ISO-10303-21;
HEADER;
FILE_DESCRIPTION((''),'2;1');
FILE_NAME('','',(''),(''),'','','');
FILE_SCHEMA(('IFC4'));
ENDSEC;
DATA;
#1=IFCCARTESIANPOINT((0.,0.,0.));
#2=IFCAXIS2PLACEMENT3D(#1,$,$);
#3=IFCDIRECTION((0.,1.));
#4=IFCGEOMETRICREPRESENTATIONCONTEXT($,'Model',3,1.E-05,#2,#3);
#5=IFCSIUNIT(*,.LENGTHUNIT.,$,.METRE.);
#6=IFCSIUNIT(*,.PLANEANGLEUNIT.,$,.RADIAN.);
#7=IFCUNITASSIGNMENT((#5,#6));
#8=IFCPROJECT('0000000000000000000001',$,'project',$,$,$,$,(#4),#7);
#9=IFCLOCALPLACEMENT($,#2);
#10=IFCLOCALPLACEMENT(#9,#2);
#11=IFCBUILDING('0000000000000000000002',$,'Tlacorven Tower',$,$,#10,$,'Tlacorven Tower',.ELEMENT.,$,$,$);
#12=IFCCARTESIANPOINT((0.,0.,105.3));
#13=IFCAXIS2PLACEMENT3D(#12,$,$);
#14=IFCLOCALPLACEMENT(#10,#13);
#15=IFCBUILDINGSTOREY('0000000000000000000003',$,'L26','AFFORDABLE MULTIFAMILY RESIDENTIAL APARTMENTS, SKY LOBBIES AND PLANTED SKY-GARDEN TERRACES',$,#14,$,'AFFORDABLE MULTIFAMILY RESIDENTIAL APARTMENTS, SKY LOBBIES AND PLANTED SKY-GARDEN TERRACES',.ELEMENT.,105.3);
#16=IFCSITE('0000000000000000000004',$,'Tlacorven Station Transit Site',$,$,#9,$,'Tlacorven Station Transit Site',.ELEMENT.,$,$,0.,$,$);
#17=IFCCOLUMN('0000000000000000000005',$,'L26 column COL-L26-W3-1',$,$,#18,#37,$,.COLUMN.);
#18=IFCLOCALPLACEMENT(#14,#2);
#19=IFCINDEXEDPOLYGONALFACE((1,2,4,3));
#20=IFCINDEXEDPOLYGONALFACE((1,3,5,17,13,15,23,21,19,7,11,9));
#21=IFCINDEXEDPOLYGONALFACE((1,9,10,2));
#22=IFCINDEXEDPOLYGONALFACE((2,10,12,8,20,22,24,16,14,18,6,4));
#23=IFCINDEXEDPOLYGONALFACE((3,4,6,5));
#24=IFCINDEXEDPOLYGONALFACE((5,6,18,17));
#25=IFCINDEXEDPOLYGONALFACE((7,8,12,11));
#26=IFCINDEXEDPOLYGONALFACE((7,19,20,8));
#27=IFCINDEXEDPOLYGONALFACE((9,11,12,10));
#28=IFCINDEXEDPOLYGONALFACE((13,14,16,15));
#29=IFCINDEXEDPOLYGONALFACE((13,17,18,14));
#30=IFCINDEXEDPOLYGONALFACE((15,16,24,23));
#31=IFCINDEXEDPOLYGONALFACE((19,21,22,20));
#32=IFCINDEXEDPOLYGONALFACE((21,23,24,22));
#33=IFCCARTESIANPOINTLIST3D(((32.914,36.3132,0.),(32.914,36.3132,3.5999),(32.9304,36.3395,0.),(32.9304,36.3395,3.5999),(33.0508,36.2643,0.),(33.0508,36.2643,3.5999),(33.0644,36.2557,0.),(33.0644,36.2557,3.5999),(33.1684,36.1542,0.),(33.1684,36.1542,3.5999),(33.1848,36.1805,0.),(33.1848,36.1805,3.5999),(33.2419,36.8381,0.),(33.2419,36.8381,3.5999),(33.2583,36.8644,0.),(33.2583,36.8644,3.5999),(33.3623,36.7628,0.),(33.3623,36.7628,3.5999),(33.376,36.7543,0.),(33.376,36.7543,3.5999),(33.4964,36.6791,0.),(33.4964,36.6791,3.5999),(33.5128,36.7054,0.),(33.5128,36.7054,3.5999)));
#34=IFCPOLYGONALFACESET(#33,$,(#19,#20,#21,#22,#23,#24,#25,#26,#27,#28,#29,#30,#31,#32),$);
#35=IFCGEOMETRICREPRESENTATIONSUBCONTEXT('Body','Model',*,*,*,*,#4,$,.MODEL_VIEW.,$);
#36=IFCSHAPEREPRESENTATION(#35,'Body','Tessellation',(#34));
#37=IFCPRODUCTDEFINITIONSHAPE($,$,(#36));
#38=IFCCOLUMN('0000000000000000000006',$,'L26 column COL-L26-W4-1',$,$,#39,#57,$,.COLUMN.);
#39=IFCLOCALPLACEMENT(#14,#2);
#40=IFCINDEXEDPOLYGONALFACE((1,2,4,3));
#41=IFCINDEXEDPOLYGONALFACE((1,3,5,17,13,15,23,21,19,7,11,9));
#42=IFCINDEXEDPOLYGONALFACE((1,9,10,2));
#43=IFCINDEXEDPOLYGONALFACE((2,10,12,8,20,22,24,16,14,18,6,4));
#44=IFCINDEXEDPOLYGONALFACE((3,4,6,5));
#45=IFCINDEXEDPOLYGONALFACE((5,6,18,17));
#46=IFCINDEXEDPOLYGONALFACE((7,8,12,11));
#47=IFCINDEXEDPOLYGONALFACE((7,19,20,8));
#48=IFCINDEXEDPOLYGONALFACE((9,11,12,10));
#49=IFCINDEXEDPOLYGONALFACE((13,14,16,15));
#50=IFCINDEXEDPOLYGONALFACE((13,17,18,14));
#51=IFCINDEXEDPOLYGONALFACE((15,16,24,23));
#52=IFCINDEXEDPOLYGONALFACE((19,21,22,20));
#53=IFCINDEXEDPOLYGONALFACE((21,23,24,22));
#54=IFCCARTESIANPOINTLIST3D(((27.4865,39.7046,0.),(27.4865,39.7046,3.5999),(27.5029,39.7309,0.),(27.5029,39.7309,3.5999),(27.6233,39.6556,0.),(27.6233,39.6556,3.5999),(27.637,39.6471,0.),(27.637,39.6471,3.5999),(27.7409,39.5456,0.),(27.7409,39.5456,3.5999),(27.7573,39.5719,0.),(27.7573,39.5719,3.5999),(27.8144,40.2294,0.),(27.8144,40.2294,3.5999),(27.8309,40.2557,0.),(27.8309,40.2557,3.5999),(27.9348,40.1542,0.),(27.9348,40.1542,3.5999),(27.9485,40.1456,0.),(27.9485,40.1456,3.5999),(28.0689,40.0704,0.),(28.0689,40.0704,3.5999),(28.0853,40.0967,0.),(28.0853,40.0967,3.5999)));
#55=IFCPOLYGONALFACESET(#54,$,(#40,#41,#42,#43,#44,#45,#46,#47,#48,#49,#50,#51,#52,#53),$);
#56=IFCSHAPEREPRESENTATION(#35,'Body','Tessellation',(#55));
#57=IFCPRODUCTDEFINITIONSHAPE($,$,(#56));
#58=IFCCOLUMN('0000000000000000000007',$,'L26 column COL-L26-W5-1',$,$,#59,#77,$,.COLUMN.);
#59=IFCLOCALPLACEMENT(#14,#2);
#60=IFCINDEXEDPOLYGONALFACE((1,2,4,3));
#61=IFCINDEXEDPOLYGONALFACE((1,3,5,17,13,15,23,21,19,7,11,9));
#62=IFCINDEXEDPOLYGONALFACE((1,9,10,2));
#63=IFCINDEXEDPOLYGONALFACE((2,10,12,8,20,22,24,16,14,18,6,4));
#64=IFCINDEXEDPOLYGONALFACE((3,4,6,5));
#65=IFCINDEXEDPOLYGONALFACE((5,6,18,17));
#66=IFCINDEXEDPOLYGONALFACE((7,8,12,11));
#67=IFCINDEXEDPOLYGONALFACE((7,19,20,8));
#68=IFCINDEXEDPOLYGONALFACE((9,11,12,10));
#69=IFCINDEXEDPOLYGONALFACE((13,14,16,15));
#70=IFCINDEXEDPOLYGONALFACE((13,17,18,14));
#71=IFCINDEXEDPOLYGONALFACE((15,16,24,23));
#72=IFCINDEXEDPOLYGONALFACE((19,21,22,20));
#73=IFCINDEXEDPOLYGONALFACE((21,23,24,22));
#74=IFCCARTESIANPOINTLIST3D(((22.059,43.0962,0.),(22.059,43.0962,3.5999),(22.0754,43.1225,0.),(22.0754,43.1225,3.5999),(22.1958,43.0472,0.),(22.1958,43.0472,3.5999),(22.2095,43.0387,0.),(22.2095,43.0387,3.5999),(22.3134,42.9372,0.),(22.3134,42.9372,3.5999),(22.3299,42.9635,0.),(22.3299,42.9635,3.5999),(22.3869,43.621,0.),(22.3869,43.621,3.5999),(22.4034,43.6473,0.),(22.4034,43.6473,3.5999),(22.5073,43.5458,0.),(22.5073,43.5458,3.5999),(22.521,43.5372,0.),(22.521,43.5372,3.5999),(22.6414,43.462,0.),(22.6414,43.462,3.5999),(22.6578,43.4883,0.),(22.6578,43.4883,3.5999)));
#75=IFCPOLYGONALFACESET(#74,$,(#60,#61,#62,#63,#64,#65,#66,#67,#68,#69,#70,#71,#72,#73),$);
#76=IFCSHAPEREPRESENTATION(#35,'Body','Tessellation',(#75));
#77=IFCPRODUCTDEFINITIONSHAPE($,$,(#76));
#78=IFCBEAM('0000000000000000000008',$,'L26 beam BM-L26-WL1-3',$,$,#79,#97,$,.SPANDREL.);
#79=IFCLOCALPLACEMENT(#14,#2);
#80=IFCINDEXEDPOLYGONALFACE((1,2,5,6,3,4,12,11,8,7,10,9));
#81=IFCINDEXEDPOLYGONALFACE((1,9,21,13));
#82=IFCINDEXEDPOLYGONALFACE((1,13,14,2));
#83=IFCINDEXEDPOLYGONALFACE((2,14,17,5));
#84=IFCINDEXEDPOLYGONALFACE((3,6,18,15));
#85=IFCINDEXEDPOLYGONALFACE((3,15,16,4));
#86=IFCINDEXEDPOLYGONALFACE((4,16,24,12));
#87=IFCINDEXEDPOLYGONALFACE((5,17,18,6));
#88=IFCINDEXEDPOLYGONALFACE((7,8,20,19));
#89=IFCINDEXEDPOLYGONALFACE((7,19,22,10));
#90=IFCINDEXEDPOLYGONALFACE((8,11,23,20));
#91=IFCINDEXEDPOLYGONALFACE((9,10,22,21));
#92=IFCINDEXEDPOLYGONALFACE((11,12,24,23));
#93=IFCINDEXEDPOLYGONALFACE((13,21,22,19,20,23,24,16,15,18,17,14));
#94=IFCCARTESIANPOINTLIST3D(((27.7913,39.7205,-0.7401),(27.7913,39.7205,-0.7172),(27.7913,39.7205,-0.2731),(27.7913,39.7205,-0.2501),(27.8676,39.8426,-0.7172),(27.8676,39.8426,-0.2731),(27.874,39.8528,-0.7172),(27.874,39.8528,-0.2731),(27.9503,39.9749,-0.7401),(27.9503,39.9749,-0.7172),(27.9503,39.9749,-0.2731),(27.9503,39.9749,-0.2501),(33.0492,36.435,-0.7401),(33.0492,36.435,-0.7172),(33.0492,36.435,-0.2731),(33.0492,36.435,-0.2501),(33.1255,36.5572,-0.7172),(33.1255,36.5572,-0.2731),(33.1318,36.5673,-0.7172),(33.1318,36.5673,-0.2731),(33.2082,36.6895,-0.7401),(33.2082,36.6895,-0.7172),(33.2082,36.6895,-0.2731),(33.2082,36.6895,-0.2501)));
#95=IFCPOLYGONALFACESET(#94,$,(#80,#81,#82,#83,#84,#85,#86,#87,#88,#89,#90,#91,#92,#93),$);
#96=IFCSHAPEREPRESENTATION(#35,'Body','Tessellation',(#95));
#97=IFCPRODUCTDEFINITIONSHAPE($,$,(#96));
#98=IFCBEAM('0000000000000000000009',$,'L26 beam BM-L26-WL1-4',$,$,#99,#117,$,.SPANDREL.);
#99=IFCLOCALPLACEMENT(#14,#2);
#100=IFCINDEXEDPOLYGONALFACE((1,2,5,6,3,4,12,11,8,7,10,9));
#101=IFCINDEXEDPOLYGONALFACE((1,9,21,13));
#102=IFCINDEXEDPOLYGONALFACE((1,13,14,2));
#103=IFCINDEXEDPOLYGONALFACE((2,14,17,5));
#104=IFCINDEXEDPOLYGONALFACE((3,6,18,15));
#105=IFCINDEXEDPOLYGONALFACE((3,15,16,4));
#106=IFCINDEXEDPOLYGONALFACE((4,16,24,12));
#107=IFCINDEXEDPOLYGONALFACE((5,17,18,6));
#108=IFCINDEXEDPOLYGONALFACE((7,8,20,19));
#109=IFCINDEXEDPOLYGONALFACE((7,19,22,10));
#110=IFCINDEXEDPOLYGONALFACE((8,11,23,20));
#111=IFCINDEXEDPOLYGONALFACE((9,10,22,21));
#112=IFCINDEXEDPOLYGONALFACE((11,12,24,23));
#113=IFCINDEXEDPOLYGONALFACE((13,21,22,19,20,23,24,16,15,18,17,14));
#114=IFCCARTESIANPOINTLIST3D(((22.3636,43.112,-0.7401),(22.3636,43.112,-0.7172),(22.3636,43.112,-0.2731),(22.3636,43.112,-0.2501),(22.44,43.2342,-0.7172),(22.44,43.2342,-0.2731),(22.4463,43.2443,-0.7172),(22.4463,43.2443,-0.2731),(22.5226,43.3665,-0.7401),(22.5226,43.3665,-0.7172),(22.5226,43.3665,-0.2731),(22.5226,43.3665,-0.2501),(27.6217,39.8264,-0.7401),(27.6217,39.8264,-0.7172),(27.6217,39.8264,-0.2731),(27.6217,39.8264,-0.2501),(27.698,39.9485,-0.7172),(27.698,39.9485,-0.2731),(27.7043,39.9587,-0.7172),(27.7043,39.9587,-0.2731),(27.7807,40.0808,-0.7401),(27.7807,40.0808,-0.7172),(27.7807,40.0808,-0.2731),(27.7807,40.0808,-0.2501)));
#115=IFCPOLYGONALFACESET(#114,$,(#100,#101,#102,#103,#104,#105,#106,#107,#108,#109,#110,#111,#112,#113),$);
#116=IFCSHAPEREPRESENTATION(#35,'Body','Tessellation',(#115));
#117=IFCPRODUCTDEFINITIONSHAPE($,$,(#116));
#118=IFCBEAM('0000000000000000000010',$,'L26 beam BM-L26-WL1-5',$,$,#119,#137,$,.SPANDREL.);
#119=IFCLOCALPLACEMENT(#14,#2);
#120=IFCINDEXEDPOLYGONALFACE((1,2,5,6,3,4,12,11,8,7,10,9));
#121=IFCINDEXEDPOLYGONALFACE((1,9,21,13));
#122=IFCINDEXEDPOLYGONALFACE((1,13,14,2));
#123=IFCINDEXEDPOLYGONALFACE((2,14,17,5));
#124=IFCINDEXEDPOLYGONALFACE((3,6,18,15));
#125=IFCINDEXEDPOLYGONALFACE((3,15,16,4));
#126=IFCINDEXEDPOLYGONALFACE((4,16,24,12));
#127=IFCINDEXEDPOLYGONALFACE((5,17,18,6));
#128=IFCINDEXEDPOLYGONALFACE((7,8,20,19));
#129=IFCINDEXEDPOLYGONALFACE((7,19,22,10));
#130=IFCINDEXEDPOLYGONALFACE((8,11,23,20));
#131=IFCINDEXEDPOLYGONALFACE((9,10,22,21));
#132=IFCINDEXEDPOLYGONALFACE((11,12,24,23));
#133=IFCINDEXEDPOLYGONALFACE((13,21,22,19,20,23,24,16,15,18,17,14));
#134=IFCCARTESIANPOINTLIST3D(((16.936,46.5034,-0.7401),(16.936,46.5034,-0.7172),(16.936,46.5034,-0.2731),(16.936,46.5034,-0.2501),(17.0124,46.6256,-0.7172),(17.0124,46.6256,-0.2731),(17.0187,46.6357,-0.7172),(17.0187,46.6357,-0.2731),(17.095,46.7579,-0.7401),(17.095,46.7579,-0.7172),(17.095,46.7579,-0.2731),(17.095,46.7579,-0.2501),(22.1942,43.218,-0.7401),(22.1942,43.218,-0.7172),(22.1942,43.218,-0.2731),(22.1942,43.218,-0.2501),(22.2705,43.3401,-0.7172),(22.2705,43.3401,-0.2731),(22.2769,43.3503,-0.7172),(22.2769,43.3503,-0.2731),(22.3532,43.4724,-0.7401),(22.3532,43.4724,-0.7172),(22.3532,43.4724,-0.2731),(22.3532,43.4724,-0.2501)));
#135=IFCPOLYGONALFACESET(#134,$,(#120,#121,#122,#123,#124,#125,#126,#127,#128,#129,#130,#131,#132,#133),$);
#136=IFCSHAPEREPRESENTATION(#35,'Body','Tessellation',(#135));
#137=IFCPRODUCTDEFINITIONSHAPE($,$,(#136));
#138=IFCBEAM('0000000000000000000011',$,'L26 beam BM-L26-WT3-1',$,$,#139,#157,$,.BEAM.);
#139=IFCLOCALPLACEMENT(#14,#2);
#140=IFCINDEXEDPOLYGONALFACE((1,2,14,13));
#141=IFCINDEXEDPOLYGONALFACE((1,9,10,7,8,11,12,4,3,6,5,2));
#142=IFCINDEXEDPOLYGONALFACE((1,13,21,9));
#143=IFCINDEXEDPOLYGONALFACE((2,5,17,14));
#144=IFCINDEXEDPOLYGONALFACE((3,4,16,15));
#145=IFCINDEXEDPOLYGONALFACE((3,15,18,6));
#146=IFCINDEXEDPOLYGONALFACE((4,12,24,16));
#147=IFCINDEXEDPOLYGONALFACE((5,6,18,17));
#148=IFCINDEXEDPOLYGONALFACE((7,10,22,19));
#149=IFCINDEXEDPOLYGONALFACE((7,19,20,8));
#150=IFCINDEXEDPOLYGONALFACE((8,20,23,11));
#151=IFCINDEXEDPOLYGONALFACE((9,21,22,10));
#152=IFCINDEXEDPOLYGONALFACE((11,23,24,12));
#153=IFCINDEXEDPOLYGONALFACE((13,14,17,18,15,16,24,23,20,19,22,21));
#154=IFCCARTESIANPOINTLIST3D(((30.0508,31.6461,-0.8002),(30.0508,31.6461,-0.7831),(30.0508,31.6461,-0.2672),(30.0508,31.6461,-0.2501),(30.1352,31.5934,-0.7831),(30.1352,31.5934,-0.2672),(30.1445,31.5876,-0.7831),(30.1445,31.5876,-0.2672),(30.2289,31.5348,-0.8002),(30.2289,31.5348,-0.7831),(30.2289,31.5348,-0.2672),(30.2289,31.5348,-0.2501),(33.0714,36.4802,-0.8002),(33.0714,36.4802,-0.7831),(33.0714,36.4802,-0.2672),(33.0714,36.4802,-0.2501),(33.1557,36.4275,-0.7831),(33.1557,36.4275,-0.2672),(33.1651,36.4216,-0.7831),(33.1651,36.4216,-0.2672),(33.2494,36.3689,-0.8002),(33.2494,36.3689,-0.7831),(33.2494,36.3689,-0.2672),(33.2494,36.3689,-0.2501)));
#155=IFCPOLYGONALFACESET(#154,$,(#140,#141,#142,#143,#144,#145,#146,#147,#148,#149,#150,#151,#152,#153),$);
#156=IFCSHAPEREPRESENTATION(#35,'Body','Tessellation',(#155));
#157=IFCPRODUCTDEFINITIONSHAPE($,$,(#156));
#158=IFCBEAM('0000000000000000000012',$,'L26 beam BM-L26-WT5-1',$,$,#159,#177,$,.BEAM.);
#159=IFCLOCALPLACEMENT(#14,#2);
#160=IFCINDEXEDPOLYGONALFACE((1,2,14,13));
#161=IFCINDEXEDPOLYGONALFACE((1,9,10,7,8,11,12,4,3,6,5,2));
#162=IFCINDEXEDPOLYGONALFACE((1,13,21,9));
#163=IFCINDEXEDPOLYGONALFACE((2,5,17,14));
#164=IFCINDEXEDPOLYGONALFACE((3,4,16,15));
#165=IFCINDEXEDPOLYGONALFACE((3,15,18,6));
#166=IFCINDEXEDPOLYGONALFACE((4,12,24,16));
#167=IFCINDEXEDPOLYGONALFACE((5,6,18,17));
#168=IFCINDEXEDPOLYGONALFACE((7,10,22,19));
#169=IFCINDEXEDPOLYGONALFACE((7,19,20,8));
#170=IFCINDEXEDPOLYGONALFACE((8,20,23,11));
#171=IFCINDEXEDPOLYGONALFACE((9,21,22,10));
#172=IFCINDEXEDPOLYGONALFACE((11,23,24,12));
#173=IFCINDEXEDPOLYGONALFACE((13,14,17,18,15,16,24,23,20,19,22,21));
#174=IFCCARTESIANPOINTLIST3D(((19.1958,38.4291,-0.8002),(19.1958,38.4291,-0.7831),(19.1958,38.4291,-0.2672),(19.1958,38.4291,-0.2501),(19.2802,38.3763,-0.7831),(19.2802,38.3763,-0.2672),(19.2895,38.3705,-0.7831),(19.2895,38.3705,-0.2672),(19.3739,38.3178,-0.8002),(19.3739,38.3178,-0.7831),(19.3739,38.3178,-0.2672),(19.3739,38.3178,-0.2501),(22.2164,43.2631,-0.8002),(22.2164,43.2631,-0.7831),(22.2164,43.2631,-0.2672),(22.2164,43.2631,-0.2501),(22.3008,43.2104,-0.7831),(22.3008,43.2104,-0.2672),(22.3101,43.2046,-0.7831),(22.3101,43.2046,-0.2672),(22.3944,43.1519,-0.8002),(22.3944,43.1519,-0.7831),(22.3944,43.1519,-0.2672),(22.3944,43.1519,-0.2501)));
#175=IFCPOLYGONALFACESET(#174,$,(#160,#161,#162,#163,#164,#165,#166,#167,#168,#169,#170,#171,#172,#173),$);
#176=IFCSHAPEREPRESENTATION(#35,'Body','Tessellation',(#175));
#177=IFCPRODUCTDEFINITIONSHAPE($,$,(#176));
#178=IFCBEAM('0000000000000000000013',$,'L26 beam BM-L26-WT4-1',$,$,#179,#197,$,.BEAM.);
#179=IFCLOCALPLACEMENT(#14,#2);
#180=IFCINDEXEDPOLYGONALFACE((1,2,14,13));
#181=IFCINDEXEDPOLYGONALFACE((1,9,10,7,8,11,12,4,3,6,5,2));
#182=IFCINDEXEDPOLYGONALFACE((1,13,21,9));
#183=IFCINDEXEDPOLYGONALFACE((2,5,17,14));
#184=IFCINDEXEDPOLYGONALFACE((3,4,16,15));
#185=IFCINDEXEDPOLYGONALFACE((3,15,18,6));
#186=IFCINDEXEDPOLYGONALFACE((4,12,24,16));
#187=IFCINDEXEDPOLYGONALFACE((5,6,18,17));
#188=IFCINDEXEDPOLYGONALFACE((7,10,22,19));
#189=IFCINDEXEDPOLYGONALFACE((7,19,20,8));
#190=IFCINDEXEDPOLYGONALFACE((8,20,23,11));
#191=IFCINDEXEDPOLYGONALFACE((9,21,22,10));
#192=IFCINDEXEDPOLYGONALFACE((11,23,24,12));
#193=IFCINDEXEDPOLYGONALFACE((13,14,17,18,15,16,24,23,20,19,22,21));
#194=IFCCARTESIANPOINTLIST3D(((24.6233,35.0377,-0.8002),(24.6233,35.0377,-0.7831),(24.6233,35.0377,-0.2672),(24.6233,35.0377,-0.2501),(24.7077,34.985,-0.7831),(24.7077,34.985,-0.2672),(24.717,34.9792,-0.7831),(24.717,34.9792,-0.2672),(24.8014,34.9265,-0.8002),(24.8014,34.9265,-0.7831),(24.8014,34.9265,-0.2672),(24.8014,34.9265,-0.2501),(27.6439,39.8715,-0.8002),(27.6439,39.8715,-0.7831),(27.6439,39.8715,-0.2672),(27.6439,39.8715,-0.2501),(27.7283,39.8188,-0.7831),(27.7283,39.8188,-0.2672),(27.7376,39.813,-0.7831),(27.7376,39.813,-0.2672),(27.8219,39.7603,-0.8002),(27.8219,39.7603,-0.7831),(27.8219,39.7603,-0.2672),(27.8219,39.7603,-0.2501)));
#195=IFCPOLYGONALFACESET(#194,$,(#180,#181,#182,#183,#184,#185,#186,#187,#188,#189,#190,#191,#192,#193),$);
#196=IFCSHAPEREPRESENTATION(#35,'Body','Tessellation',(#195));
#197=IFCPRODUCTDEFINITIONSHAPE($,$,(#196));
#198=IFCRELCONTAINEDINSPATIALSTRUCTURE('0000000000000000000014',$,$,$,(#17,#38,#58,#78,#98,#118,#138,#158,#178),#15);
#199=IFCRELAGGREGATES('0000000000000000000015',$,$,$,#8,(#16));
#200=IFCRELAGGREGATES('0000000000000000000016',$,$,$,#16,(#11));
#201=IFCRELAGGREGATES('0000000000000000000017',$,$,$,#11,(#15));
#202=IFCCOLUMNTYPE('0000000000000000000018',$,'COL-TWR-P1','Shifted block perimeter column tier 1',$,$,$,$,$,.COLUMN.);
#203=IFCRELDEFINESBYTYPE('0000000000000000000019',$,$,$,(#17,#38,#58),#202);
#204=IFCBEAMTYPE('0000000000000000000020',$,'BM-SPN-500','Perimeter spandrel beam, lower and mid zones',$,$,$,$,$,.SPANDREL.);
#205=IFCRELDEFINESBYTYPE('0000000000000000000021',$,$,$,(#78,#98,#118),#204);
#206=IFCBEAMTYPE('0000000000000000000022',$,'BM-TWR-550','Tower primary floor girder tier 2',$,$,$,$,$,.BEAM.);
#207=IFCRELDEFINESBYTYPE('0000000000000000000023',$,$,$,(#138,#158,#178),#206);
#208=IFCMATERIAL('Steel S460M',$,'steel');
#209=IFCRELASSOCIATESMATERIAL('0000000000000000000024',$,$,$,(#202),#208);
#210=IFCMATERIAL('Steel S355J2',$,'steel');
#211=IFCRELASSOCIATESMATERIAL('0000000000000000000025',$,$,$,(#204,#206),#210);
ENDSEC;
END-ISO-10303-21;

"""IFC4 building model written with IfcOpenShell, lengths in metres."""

from ifc_helpers import new_model, si_unit, direction, frame, origin, origin_2d, place, context, subcontext, project, spatial, i_section, extrude, source, transform, mapped, material, material_profile, profile_set, type_object, element, save


model = new_model("IFC4")

# Units and contexts
model_context = context("Model", 3, precision=1e-05, world=origin(), true_north=direction((0.0, 1.0)))
body_context = subcontext(model_context, "Body", "Model", "MODEL_VIEW")
ifc_project = project(units=[si_unit("LENGTHUNIT", "METRE"), si_unit("PLANEANGLEUNIT", "RADIAN")], contexts=[model_context])

# Site, building, storey
site_placement = place(None, origin())
site = spatial("IfcSite", under=ifc_project, at=site_placement, Name="Tlacorven Station Transit Site", LongName="Tlacorven Station Transit Site", CompositionType="ELEMENT", RefElevation=0.0)
building_placement = place(site_placement, origin())
building = spatial("IfcBuilding", under=site, at=building_placement, Name="Tlacorven Tower", LongName="Tlacorven Tower", CompositionType="ELEMENT")
storey_placement = place(building_placement, frame((0.0, 0.0, 105.3)))
storey = spatial("IfcBuildingStorey", under=building, at=storey_placement, Name="L26", Description="AFFORDABLE MULTIFAMILY RESIDENTIAL APARTMENTS, SKY LOBBIES AND PLANTED SKY-GARDEN TERRACES", LongName="AFFORDABLE MULTIFAMILY RESIDENTIAL APARTMENTS, SKY LOBBIES AND PLANTED SKY-GARDEN TERRACES", CompositionType="ELEMENT", Elevation=105.3)

# Columns
ifc_material_1 = material(Name="Steel S460M", Category="steel")
ifc_material_profile_1 = material_profile(ifc_material_1, i_section(OverallWidth=0.3, OverallDepth=0.6499, WebThickness=0.0161, FlangeThickness=0.031, at=origin_2d()), Name="HEB 650")
ifc_profile_set_1 = profile_set([ifc_material_profile_1], Name="Steel S460M")
column_type = type_object("IfcColumnType", Name="COL-TWR-P1", Description="Shifted block perimeter column tier 1", PredefinedType="COLUMN", material=ifc_profile_set_1)
shared_shape_1 = source(origin(), body_context, "Body", "SweptSolid", [
    extrude(i_section(OverallWidth=0.3, OverallDepth=0.6499, WebThickness=0.0161, FlangeThickness=0.031, at=origin_2d()), origin(), (0.0, 0.0, 1.0), 3.5999),
])
for number, where, z_axis, x_axis, name in (
    (1, (33.2134, 36.5093, 0.0), (0.0, 0.0, 1.0), (-0.848048, 0.529919, 0.0), "L26 column COL-L26-W3-1"),
    (2, (27.7859, 39.9006, 0.0), (0.0, 0.0, 1.0), (-0.848048, 0.529919, 0.0), "L26 column COL-L26-W4-1"),
    (3, (22.3584, 43.2922, 0.0), (0.0, 0.0, 1.0), (-0.848048, 0.529919, 0.0), "L26 column COL-L26-W5-1"),
):
    element("IfcColumn", number, at=place(storey_placement, frame(where, z_axis=z_axis, x_axis=x_axis)), inside=storey, type_object=column_type, Name=name, PredefinedType="COLUMN", context=body_context, shape_type="MappedRepresentation", body=[
        mapped(shared_shape_1, transform((0.0, 0.0, 0.0), scale=1.0)),
    ])

# Beams
ifc_material_2 = material(Name="Steel S355J2", Category="steel")
ifc_material_profile_2 = material_profile(ifc_material_2, i_section(OverallWidth=0.3, OverallDepth=0.49, WebThickness=0.012, FlangeThickness=0.0229, at=origin_2d()), Name="HEA 500")
ifc_profile_set_2 = profile_set([ifc_material_profile_2], Name="Steel S355J2")
beam_type_1 = type_object("IfcBeamType", Name="BM-SPN-500", Description="Perimeter spandrel beam, lower and mid zones", PredefinedType="SPANDREL", material=ifc_profile_set_2)
shared_shape_2 = source(origin(), body_context, "Body", "SweptSolid", [
    extrude(i_section(OverallWidth=0.3, OverallDepth=0.49, WebThickness=0.012, FlangeThickness=0.0229, at=origin_2d()), origin(), (0.0, 0.0, 1.0), 6.2),
])
beam_1_placement = place(storey_placement, frame((33.1287, 36.5623, -0.4951), z_axis=(-0.848051, 0.529914, 0.0), x_axis=(-0.529914, -0.848051, 0.0)))
element("IfcBeam", 4, at=beam_1_placement, inside=storey, type_object=beam_type_1, Name="L26 beam BM-L26-WL1-3", PredefinedType="SPANDREL", context=body_context, shape_type="MappedRepresentation", body=[
    mapped(shared_shape_2, transform((0.0, 0.0, 0.0), scale=1.0)),
])
shared_shape_3 = source(origin(), body_context, "Body", "SweptSolid", [
    extrude(i_section(OverallWidth=0.3, OverallDepth=0.49, WebThickness=0.012, FlangeThickness=0.0229, at=origin_2d()), origin(), (0.0, 0.0, 1.0), 6.2002),
])
for number, where, z_axis, x_axis, name in (
    (5, (27.7012, 39.9536, -0.4951), (-0.848045, 0.529925, 0.0), (-0.529925, -0.848045, 0.0), "L26 beam BM-L26-WL1-4"),
    (6, (22.2737, 43.3452, -0.4951), (-0.848062, 0.529896, 0.0), (-0.529896, -0.848062, 0.0), "L26 beam BM-L26-WL1-5"),
):
    element("IfcBeam", number, at=place(storey_placement, frame(where, z_axis=z_axis, x_axis=x_axis)), inside=storey, type_object=beam_type_1, Name=name, PredefinedType="SPANDREL", context=body_context, shape_type="MappedRepresentation", body=[
        mapped(shared_shape_3, transform((0.0, 0.0, 0.0), scale=1.0)),
    ])
ifc_material_profile_3 = material_profile(ifc_material_2, i_section(OverallWidth=0.21, OverallDepth=0.55, WebThickness=0.011, FlangeThickness=0.0171, at=origin_2d()), Name="IPE 550")
ifc_profile_set_3 = profile_set([ifc_material_profile_3], Name="Steel S355J2")
beam_type_2 = type_object("IfcBeamType", Name="BM-TWR-550", Description="Tower primary floor girder tier 2", PredefinedType="BEAM", material=ifc_profile_set_3)
shared_shape_4 = source(origin(), body_context, "Body", "SweptSolid", [
    extrude(i_section(OverallWidth=0.21, OverallDepth=0.55, WebThickness=0.011, FlangeThickness=0.0171, at=origin_2d()), origin(), (0.0, 0.0, 1.0), 5.7002),
])
for number, where, z_axis, x_axis, name in (
    (7, (33.1604, 36.4246, -0.5251), (-0.529907, -0.848056, 0.0), (0.848056, -0.529907, 0.0), "L26 beam BM-L26-WT3-1"),
    (8, (22.3054, 43.2075, -0.5251), (-0.529907, -0.848056, 0.0), (0.848056, -0.529907, 0.0), "L26 beam BM-L26-WT5-1"),
):
    element("IfcBeam", number, at=place(storey_placement, frame(where, z_axis=z_axis, x_axis=x_axis)), inside=storey, type_object=beam_type_2, Name=name, PredefinedType="BEAM", context=body_context, shape_type="MappedRepresentation", body=[
        mapped(shared_shape_4, transform((0.0, 0.0, 0.0), scale=1.0)),
    ])
shared_shape_5 = source(origin(), body_context, "Body", "SweptSolid", [
    extrude(i_section(OverallWidth=0.21, OverallDepth=0.55, WebThickness=0.011, FlangeThickness=0.0171, at=origin_2d()), origin(), (0.0, 0.0, 1.0), 5.7),
])
beam_2_placement = place(storey_placement, frame((27.7329, 39.8159, -0.5251), z_axis=(-0.529926, -0.848044, 0.0), x_axis=(0.848044, -0.529926, 0.0)))
element("IfcBeam", 9, at=beam_2_placement, inside=storey, type_object=beam_type_2, Name="L26 beam BM-L26-WT4-1", PredefinedType="BEAM", context=body_context, shape_type="MappedRepresentation", body=[
    mapped(shared_shape_5, transform((0.0, 0.0, 0.0), scale=1.0)),
])

save(model, "model.ifc")
